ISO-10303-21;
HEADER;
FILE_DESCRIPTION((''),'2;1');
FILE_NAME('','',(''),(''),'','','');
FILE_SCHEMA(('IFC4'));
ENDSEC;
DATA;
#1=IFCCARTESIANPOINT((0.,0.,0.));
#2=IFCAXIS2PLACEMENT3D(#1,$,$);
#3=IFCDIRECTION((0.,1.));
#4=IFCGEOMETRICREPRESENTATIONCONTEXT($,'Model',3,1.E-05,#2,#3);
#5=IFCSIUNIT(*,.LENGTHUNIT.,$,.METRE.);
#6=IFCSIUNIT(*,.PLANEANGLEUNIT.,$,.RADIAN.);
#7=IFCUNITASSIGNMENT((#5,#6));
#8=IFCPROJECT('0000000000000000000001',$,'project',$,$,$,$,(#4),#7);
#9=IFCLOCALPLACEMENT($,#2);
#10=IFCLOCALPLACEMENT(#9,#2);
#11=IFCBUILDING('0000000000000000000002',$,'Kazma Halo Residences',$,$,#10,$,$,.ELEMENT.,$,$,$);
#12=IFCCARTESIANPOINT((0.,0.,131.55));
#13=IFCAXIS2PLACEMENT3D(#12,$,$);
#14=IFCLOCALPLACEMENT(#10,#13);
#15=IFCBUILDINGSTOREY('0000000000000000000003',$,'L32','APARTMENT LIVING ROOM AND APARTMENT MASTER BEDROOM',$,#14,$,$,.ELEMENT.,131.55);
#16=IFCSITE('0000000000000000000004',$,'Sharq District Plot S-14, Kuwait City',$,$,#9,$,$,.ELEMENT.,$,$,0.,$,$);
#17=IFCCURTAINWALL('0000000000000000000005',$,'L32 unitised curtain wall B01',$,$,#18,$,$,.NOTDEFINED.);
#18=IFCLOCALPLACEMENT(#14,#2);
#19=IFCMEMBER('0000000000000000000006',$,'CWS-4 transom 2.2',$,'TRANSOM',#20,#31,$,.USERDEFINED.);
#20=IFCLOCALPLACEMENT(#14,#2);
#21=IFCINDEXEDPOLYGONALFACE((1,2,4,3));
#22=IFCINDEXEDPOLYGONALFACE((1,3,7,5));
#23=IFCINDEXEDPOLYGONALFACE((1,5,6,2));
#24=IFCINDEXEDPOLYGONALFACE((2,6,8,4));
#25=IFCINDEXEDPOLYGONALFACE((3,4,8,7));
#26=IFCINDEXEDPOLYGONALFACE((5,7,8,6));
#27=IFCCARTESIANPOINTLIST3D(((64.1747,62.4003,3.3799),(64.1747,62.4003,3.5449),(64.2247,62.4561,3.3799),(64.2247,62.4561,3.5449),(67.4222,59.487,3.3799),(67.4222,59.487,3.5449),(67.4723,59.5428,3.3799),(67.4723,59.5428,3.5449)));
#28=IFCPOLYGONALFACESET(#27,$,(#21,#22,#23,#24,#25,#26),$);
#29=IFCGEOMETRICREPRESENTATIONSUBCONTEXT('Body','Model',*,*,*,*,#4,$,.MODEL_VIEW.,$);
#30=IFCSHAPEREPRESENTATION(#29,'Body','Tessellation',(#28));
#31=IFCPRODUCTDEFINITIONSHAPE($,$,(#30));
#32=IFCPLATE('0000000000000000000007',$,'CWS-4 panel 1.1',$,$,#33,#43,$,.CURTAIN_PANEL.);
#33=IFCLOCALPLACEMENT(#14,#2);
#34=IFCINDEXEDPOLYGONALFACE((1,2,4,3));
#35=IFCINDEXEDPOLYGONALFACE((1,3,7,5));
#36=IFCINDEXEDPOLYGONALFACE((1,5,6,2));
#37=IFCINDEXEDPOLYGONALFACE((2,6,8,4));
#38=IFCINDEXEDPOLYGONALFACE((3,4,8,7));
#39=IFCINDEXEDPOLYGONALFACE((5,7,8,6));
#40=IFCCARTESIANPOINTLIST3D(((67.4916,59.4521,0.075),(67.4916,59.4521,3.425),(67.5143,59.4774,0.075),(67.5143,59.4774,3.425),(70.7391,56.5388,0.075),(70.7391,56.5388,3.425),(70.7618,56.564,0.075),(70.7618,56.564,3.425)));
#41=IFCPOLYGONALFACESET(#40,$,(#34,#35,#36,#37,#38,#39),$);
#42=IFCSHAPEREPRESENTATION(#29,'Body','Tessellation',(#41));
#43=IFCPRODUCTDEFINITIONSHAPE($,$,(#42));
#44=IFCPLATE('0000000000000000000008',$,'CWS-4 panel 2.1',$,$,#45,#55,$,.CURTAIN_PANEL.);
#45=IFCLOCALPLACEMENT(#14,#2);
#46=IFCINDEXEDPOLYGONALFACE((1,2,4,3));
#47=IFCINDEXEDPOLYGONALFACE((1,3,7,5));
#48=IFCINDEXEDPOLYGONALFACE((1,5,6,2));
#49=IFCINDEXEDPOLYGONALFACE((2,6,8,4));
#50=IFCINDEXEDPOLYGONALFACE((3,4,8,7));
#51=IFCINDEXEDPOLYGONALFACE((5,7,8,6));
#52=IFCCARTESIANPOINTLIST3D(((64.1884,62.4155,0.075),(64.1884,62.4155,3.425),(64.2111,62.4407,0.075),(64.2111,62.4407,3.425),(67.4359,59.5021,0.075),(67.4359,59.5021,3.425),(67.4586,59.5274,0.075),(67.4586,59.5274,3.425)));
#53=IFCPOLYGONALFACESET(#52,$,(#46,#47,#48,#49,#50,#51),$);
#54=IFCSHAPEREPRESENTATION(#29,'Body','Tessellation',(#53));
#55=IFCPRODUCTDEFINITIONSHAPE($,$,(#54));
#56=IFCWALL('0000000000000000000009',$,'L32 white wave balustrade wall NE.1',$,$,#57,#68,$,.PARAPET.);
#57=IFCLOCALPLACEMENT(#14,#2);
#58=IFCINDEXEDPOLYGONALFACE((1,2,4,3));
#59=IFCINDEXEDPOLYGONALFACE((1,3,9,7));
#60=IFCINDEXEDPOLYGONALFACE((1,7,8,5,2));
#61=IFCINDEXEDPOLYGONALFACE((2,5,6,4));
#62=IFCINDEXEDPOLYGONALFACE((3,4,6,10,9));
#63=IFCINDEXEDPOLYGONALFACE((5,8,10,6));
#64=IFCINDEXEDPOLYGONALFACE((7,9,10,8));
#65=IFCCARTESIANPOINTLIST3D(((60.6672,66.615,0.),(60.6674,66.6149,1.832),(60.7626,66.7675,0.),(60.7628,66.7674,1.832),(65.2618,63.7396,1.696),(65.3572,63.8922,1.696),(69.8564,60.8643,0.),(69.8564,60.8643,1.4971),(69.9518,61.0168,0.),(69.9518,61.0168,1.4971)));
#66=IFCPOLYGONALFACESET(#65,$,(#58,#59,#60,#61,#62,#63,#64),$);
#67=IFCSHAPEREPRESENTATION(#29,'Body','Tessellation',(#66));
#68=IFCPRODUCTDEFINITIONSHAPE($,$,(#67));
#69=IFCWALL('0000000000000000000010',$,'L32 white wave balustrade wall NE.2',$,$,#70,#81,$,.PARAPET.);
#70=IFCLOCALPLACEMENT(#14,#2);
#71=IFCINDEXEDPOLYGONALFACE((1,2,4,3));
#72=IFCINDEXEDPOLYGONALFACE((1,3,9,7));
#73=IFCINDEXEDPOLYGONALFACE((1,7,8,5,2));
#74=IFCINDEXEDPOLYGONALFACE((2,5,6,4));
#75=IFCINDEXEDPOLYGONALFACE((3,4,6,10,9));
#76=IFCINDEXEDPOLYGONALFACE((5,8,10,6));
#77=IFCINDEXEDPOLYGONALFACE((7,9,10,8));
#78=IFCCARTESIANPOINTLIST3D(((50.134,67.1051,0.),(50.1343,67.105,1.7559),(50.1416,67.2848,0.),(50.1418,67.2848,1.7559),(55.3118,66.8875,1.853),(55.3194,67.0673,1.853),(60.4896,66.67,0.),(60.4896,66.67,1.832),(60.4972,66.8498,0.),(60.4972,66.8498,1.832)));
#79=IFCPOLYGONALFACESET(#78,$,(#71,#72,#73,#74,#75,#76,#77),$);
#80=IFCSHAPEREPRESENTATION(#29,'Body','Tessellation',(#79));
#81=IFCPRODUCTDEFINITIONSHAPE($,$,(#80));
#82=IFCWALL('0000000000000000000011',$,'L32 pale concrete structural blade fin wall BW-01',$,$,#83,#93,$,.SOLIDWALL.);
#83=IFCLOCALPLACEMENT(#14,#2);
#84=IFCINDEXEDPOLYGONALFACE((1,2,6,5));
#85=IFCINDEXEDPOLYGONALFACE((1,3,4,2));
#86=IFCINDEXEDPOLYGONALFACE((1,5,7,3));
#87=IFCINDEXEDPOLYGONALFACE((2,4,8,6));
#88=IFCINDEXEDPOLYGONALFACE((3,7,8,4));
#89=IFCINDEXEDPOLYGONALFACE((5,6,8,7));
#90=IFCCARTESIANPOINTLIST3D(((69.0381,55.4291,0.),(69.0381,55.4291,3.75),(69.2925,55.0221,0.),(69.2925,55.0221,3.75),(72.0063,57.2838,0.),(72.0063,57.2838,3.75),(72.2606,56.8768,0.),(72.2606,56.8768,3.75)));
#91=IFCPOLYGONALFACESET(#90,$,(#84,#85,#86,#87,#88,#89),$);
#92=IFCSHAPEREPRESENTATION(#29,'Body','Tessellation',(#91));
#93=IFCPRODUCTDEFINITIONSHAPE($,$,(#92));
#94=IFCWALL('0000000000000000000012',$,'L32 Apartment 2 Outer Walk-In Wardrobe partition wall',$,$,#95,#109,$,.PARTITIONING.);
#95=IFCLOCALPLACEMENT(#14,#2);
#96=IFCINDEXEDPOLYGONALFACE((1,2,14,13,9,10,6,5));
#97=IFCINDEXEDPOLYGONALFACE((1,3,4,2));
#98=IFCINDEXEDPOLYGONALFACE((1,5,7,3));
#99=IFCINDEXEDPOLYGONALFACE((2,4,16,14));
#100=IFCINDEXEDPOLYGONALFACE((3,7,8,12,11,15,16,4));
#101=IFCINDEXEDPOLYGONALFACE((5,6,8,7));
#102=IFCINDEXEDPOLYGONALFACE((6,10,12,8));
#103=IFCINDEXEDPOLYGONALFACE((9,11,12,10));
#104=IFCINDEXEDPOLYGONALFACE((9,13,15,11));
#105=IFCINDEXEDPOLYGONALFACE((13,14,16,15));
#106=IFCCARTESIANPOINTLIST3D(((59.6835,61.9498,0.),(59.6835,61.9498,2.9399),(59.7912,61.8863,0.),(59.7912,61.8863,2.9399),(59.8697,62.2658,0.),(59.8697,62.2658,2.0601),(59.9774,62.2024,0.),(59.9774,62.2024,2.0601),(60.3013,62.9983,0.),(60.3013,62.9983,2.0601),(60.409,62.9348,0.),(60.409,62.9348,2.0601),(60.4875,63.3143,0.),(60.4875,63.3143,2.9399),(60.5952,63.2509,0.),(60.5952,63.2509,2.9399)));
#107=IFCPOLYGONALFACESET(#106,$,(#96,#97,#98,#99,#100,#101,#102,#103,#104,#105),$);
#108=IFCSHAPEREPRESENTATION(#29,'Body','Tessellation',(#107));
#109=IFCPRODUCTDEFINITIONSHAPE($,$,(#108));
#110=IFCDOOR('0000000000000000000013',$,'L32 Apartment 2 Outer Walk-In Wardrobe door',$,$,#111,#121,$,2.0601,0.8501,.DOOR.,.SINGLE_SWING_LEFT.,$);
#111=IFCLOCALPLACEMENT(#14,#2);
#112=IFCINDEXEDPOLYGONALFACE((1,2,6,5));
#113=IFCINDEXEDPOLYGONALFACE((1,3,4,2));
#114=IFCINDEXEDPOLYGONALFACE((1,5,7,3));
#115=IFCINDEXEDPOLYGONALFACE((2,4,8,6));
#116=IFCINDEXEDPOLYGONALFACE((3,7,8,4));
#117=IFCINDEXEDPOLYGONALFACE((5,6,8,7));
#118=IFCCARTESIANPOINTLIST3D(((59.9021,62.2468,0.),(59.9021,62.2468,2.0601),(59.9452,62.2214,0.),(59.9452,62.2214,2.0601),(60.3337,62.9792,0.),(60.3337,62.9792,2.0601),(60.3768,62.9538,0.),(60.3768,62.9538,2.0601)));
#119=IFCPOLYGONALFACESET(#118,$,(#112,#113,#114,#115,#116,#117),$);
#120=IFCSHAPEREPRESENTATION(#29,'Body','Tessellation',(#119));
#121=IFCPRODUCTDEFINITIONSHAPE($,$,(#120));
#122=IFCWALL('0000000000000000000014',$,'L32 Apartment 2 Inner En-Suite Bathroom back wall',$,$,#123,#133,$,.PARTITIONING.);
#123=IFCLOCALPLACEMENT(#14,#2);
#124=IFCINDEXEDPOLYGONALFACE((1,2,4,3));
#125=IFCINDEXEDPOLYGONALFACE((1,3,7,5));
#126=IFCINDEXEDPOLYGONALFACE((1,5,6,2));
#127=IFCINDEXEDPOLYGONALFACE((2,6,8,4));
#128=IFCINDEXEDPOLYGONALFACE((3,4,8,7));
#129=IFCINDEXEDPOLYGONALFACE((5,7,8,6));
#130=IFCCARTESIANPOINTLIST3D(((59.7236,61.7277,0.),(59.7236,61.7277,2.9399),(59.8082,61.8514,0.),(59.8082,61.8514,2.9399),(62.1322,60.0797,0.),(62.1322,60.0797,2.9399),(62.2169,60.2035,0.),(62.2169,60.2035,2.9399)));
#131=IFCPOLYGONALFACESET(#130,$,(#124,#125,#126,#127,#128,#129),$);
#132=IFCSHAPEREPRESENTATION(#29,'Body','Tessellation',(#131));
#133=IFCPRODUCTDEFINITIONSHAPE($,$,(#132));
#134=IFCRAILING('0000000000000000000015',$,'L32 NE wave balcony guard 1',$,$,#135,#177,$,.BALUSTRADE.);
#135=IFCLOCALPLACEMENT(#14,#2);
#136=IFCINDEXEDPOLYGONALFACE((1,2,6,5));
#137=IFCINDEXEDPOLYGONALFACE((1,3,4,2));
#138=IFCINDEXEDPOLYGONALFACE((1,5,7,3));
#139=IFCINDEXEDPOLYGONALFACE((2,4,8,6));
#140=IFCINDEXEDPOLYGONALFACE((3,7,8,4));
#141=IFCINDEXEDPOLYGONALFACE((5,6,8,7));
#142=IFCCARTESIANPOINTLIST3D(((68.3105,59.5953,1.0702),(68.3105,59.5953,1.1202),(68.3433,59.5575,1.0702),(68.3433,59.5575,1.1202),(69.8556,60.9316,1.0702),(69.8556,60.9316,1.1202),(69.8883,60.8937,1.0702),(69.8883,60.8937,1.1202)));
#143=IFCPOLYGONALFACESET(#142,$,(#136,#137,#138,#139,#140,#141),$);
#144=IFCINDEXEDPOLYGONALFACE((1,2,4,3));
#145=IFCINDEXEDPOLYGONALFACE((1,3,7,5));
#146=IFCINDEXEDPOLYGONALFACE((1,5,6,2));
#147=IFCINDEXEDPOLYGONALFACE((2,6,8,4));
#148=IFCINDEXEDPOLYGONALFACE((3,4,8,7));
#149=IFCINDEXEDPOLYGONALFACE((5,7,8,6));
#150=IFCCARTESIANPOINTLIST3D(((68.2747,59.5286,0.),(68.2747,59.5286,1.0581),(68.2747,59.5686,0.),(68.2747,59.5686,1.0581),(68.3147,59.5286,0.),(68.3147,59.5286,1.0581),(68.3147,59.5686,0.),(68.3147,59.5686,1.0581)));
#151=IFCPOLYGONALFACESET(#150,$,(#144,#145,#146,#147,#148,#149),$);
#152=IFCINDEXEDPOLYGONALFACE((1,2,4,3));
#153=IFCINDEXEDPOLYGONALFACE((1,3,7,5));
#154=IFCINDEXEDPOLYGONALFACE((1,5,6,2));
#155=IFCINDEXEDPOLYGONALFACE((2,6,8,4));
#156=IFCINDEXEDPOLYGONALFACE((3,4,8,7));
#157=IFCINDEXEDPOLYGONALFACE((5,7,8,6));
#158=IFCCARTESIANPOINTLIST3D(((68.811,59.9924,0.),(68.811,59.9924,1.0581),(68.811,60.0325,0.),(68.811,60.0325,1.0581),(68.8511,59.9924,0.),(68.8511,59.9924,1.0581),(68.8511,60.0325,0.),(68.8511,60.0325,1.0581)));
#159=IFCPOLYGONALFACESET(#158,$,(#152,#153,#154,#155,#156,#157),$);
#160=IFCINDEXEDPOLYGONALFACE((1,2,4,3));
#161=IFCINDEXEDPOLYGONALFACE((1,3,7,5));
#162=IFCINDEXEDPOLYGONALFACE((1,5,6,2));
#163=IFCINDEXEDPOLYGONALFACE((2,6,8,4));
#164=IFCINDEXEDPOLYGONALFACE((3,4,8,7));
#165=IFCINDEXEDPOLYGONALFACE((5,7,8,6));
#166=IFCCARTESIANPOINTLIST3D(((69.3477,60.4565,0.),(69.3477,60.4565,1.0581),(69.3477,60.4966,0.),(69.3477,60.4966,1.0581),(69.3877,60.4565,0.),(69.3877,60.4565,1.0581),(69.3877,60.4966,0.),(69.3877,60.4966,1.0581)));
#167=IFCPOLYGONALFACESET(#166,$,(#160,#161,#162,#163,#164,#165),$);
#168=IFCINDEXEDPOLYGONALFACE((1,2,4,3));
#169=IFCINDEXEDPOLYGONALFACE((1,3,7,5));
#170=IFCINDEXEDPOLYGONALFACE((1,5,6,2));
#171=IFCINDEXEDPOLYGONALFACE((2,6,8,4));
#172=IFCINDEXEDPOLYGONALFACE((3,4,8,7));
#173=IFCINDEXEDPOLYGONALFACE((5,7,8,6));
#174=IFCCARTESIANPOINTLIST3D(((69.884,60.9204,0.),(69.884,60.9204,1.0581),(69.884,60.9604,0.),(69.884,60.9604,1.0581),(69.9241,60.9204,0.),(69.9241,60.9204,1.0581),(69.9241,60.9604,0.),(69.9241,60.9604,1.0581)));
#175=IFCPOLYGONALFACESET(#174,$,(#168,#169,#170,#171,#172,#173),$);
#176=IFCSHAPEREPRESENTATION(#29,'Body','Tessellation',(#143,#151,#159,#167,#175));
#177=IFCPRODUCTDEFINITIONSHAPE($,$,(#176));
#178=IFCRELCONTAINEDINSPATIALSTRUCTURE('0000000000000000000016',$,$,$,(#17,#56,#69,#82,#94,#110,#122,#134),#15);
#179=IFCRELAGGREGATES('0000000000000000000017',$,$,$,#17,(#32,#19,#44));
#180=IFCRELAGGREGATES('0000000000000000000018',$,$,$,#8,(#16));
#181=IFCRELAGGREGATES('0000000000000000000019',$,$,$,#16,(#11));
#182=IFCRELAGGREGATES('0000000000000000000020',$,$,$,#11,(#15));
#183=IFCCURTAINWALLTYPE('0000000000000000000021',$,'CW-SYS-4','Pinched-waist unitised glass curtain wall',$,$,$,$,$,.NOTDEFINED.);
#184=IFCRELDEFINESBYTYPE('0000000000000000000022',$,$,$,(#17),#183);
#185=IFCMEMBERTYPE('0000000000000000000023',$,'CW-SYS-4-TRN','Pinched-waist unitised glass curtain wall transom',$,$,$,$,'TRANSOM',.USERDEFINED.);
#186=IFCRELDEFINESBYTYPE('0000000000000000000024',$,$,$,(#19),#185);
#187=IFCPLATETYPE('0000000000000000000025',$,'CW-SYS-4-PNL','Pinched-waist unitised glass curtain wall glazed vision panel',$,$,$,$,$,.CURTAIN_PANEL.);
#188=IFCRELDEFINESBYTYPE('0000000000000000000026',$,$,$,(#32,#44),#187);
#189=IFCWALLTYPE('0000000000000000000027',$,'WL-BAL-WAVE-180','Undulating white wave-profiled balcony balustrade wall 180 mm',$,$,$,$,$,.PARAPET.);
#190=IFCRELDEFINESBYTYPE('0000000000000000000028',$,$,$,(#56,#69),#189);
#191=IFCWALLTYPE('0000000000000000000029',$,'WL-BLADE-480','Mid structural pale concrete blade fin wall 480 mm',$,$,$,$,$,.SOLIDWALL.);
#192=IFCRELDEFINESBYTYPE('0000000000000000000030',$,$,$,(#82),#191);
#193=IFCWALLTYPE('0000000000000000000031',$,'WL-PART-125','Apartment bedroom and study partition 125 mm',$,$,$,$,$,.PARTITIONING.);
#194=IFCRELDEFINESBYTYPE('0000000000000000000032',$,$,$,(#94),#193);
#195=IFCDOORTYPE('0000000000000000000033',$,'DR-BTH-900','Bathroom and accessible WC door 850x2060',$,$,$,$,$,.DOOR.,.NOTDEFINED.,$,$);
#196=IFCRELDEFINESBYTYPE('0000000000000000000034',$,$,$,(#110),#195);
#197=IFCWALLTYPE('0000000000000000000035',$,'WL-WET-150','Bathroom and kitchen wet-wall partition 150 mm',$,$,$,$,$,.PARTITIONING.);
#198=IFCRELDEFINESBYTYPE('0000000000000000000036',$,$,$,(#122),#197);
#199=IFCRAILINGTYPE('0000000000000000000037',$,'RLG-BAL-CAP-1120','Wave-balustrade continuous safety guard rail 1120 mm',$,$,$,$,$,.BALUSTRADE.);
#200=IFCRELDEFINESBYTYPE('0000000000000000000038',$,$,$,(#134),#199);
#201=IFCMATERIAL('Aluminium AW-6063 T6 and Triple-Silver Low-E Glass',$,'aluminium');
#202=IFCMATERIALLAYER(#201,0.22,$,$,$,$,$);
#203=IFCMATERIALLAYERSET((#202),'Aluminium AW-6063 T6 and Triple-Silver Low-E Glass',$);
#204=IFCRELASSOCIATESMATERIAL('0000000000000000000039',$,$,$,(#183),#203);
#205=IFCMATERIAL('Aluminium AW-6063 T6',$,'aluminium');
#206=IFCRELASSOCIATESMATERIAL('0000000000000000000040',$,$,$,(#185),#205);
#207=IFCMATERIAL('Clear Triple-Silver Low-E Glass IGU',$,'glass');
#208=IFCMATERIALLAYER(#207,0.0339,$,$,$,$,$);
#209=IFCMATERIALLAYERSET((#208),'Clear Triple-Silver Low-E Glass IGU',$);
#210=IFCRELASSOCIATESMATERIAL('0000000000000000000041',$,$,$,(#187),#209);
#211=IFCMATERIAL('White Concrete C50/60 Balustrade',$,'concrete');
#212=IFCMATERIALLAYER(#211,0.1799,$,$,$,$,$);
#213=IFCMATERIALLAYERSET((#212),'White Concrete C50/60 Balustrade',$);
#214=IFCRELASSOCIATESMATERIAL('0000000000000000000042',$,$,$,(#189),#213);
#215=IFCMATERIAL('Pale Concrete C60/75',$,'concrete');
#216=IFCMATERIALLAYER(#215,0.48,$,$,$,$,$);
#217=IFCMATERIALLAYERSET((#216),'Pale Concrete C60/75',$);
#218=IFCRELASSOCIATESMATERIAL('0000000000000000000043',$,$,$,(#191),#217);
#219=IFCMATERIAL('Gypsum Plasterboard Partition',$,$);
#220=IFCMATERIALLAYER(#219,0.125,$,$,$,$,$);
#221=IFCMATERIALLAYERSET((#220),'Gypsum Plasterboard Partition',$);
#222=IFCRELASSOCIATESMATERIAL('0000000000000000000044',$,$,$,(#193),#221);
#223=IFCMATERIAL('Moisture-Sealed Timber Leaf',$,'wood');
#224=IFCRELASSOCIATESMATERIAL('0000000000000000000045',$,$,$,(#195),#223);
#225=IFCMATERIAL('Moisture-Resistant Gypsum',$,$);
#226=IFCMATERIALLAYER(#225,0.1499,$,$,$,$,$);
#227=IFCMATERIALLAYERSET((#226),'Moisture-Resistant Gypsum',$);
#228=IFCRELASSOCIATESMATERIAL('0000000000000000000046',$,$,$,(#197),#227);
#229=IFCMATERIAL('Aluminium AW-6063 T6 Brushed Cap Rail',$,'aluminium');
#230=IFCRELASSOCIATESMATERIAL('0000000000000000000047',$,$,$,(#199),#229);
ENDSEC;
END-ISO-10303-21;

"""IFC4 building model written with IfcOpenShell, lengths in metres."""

from ifc_helpers import new_model, si_unit, direction, frame, frame_2d, origin, origin_2d, place, context, subcontext, project, spatial, polyline, rectangle, outline, extrude, material, layer, layer_set, material_profile, profile_set, type_object, element, fill, aggregate, save


model = new_model("IFC4")

# Units and contexts
model_context = context("Model", 3, precision=1e-05, world=origin(), true_north=direction((0.0, 1.0)))
body_context = subcontext(model_context, "Body", "Model", "MODEL_VIEW")
ifc_project = project(units=[si_unit("LENGTHUNIT", "METRE"), si_unit("PLANEANGLEUNIT", "RADIAN")], contexts=[model_context])

# Site, building, storey
site_placement = place(None, origin())
site = spatial("IfcSite", under=ifc_project, at=site_placement, Name="Sharq District Plot S-14, Kuwait City", CompositionType="ELEMENT", RefElevation=0.0)
building_placement = place(site_placement, origin())
building = spatial("IfcBuilding", under=site, at=building_placement, Name="Kazma Halo Residences", CompositionType="ELEMENT")
storey_placement = place(building_placement, frame((0.0, 0.0, 131.55)))
storey = spatial("IfcBuildingStorey", under=building, at=storey_placement, Name="L32", Description="APARTMENT LIVING ROOM AND APARTMENT MASTER BEDROOM", CompositionType="ELEMENT", Elevation=131.55)

# Curtain wall
ifc_material_1 = material(Name="Aluminium AW-6063 T6 and Triple-Silver Low-E Glass", Category="aluminium")
ifc_layer_1 = layer(ifc_material_1, 0.22)
ifc_layer_set_1 = layer_set([ifc_layer_1], Name="Aluminium AW-6063 T6 and Triple-Silver Low-E Glass")
curtain_wall_type = type_object("IfcCurtainWallType", Name="CW-SYS-4", Description="Pinched-waist unitised glass curtain wall", PredefinedType="NOTDEFINED", material=ifc_layer_set_1)
curtain_wall_1_placement = place(storey_placement, origin())
curtain_wall_1 = element("IfcCurtainWall", 1, at=curtain_wall_1_placement, inside=storey, type_object=curtain_wall_type, Name="L32 unitised curtain wall B01", PredefinedType="NOTDEFINED")
ifc_material_2 = material(Name="Aluminium AW-6063 T6", Category="aluminium")

# Member
ifc_material_profile_1 = material_profile(ifc_material_2, rectangle(XDim=0.075, YDim=0.165, at=origin_2d()), Name="CWT-75x165")
ifc_profile_set_1 = profile_set([ifc_material_profile_1], Name="Aluminium AW-6063 T6")
member_type_1 = type_object("IfcMemberType", Name="CW-SYS-4-TRN", Description="Pinched-waist unitised glass curtain wall transom", ElementType="TRANSOM", PredefinedType="USERDEFINED", material=ifc_profile_set_1)
member_1_placement = place(storey_placement, frame((67.4473, 59.5149, 3.4624), z_axis=(-0.744373, 0.667764, 0.0), x_axis=(-0.667764, -0.744373, 0.0)))
member_1 = element("IfcMember", 2, at=member_1_placement, type_object=member_type_1, Name="CWS-4 transom 2.2", ObjectType="TRANSOM", PredefinedType="USERDEFINED", context=body_context, shape_type="SweptSolid", body=[
    extrude(rectangle(XDim=0.075, YDim=0.165, at=origin_2d()), origin(), (0.0, 0.0, 1.0), 4.3628),
])

# Plates
ifc_material_3 = material(Name="Clear Triple-Silver Low-E Glass IGU", Category="glass")
ifc_layer_2 = layer(ifc_material_3, 0.0339)
ifc_layer_set_2 = layer_set([ifc_layer_2], Name="Clear Triple-Silver Low-E Glass IGU")
plate_type = type_object("IfcPlateType", Name="CW-SYS-4-PNL", Description="Pinched-waist unitised glass curtain wall glazed vision panel", PredefinedType="CURTAIN_PANEL", material=ifc_layer_set_2)
plate_1_placement = place(storey_placement, frame((69.1267, 58.0081, 0.075), z_axis=(0.0, 0.0, 1.0), x_axis=(-0.744368, 0.66777, 0.0)))
plate_1 = element("IfcPlate", 3, at=plate_1_placement, type_object=plate_type, Name="CWS-4 panel 1.1", PredefinedType="CURTAIN_PANEL", context=body_context, shape_type="SweptSolid", body=[
    extrude(rectangle(XDim=4.3628, YDim=0.0339, at=origin_2d()), origin(), (0.0, 0.0, 1.0), 3.3501),
])
plate_2_placement = place(storey_placement, frame((65.8235, 60.9714, 0.075), z_axis=(0.0, 0.0, 1.0), x_axis=(-0.744368, 0.66777, 0.0)))
plate_2 = element("IfcPlate", 4, at=plate_2_placement, type_object=plate_type, Name="CWS-4 panel 2.1", PredefinedType="CURTAIN_PANEL", context=body_context, shape_type="SweptSolid", body=[
    extrude(rectangle(XDim=4.3628, YDim=0.0339, at=origin_2d()), origin(), (0.0, 0.0, 1.0), 3.3501),
])
aggregate(curtain_wall_1, [plate_1, member_1, plate_2])

# Walls
ifc_material_4 = material(Name="White Concrete C50/60 Balustrade", Category="concrete")
ifc_layer_3 = layer(ifc_material_4, 0.1799)
ifc_layer_set_3 = layer_set([ifc_layer_3], Name="White Concrete C50/60 Balustrade")
wall_type_1 = type_object("IfcWallType", Name="WL-BAL-WAVE-180", Description="Undulating white wave-profiled balcony balustrade wall 180 mm", PredefinedType="PARAPET", material=ifc_layer_set_3)
wall_1_placement = place(storey_placement, frame((69.9041, 60.9404, 0.0), z_axis=(0.0, 0.0, 1.0), x_axis=(-0.847688, 0.530495, 0.0)))
element("IfcWall", 5, at=wall_1_placement, inside=storey, type_object=wall_type_1, Name="L32 white wave balustrade wall NE.1", PredefinedType="PARAPET", context=body_context, shape_type="SweptSolid", body=[
    extrude(outline(polyline([(0.0, 0.0), (10.8403, 0.0), (10.8401, 1.832), (5.4202, 1.696), (0.0, 1.4971), (0.0, 0.0)])), frame((0.0, 0.0898, 0.0), z_axis=(0.0, -1.0, 0.0), x_axis=(1.0, 0.0, 0.0)), (0.0, 0.0, 1.0), 0.1799),
])
wall_2_placement = place(storey_placement, frame((60.4934, 66.7598, 0.0), z_axis=(0.0, 0.0, 1.0), x_axis=(-0.999119, 0.041974, 0.0)))
element("IfcWall", 6, at=wall_2_placement, inside=storey, type_object=wall_type_1, Name="L32 white wave balustrade wall NE.2", PredefinedType="PARAPET", context=body_context, shape_type="SweptSolid", body=[
    extrude(outline(polyline([(0.0, 0.0), (10.3647, 0.0), (10.3645, 1.7559), (5.1824, 1.853), (0.0, 1.832), (0.0, 0.0)])), frame((0.0, 0.0898, 0.0), z_axis=(0.0, -1.0, 0.0), x_axis=(1.0, 0.0, 0.0)), (0.0, 0.0, 1.0), 0.1799),
])
ifc_material_5 = material(Name="Pale Concrete C60/75", Category="concrete")
ifc_layer_4 = layer(ifc_material_5, 0.48)
ifc_layer_set_4 = layer_set([ifc_layer_4], Name="Pale Concrete C60/75")
wall_type_2 = type_object("IfcWallType", Name="WL-BLADE-480", Description="Mid structural pale concrete blade fin wall 480 mm", PredefinedType="SOLIDWALL", material=ifc_layer_set_4)
wall_3_placement = place(storey_placement, frame((69.1653, 55.2256, 0.0), z_axis=(0.0, 0.0, 1.0), x_axis=(0.848053, 0.529911, 0.0)))
element("IfcWall", 7, at=wall_3_placement, inside=storey, type_object=wall_type_2, Name="L32 pale concrete structural blade fin wall BW-01", PredefinedType="SOLIDWALL", context=body_context, shape_type="SweptSolid", body=[
    extrude(rectangle(XDim=3.5, YDim=0.48, at=frame_2d((1.75, 0.0))), origin(), (0.0, 0.0, 1.0), 3.75),
])

# Wall, opening, door
ifc_material_6 = material(Name="Gypsum Plasterboard Partition")
ifc_layer_5 = layer(ifc_material_6, 0.125)
ifc_layer_set_5 = layer_set([ifc_layer_5], Name="Gypsum Plasterboard Partition")
wall_type_3 = type_object("IfcWallType", Name="WL-PART-125", Description="Apartment bedroom and study partition 125 mm", PredefinedType="PARTITIONING", material=ifc_layer_set_5)
wall_4_placement = place(storey_placement, frame((59.7373, 61.918, 0.0), z_axis=(0.0, 0.0, 1.0), x_axis=(0.507633, 0.861573, 0.0)))
wall_4 = element("IfcWall", 8, at=wall_4_placement, inside=storey, type_object=wall_type_3, Name="L32 Apartment 2 Outer Walk-In Wardrobe partition wall", PredefinedType="PARTITIONING", context=body_context, shape_type="SweptSolid", body=[
    extrude(rectangle(XDim=1.5837, YDim=0.125, at=frame_2d((0.792, 0.0))), origin(), (0.0, 0.0, 1.0), 2.9399),
])
opening_1_placement = place(wall_4_placement, frame((0.3669, 0.0, 0.0)))
opening_1 = element("IfcOpeningElement", 9, at=opening_1_placement, cuts=wall_4, PredefinedType="OPENING", context=body_context, shape_type="SweptSolid", body=[
    extrude(rectangle(XDim=0.8501, YDim=2.0601, at=frame_2d((0.425, 1.03))), frame((0.0, 0.0725, 0.0), z_axis=(0.0, -1.0, 0.0), x_axis=(1.0, 0.0, 0.0)), (0.0, 0.0, 1.0), 0.145),
])
ifc_material_7 = material(Name="Moisture-Sealed Timber Leaf", Category="wood")
door_type_1 = type_object("IfcDoorType", Name="DR-BTH-900", Description="Bathroom and accessible WC door 850x2060", OperationType="NOTDEFINED", PredefinedType="DOOR", material=ifc_material_7)
door_1_placement = place(opening_1_placement, origin())
door_1 = element("IfcDoor", 10, at=door_1_placement, inside=storey, type_object=door_type_1, Name="L32 Apartment 2 Outer Walk-In Wardrobe door", OperationType="SINGLE_SWING_LEFT", OverallHeight=2.0601, OverallWidth=0.8501, PredefinedType="DOOR", context=body_context, shape_type="SweptSolid", body=[
    extrude(rectangle(XDim=0.8501, YDim=2.0601, at=frame_2d((0.425, 1.03))), frame((0.0, 0.0249, 0.0), z_axis=(0.0, -1.0, 0.0), x_axis=(1.0, 0.0, 0.0)), (0.0, 0.0, 1.0), 0.05),
])
fill(opening_1, door_1)

# Wall
ifc_material_8 = material(Name="Moisture-Resistant Gypsum")
ifc_layer_6 = layer(ifc_material_8, 0.1499)
ifc_layer_set_6 = layer_set([ifc_layer_6], Name="Moisture-Resistant Gypsum")
wall_type_4 = type_object("IfcWallType", Name="WL-WET-150", Description="Bathroom and kitchen wet-wall partition 150 mm", PredefinedType="PARTITIONING", material=ifc_layer_set_6)
wall_5_placement = place(storey_placement, frame((62.1746, 60.1416, 0.0), z_axis=(0.0, 0.0, 1.0), x_axis=(-0.825324, 0.56466, 0.0)))
element("IfcWall", 11, at=wall_5_placement, inside=storey, type_object=wall_type_4, Name="L32 Apartment 2 Inner En-Suite Bathroom back wall", PredefinedType="PARTITIONING", context=body_context, shape_type="SweptSolid", body=[
    extrude(rectangle(XDim=2.9185, YDim=0.1499, at=frame_2d((1.4592, 0.0))), origin(), (0.0, 0.0, 1.0), 2.9399),
])

# Railing
ifc_material_9 = material(Name="Aluminium AW-6063 T6 Brushed Cap Rail", Category="aluminium")
railing_type = type_object("IfcRailingType", Name="RLG-BAL-CAP-1120", Description="Wave-balustrade continuous safety guard rail 1120 mm", PredefinedType="BALUSTRADE", material=ifc_material_9)
railing_1_placement = place(storey_placement, frame((68.2947, 59.5486, 0.0)))
element("IfcRailing", 12, at=railing_1_placement, inside=storey, type_object=railing_type, Name="L32 NE wave balcony guard 1", PredefinedType="BALUSTRADE", context=body_context, shape_type="SweptSolid", body=[
    extrude(rectangle(XDim=0.05, YDim=0.05, at=origin_2d()), frame((0.0322, 0.0278, 1.0952), z_axis=(0.756374, 0.65414, 0.0), x_axis=(-0.65414, 0.756374, 0.0)), (0.0, 0.0, 1.0), 2.0427),
    extrude(rectangle(XDim=0.04, YDim=0.04, at=origin_2d()), origin(), (0.0, 0.0, 1.0), 1.0581),
    extrude(rectangle(XDim=0.04, YDim=0.04, at=origin_2d()), frame((0.5364, 0.4639, 0.0)), (0.0, 0.0, 1.0), 1.0581),
    extrude(rectangle(XDim=0.04, YDim=0.04, at=origin_2d()), frame((1.073, 0.928, 0.0)), (0.0, 0.0, 1.0), 1.0581),
    extrude(rectangle(XDim=0.04, YDim=0.04, at=origin_2d()), frame((1.6094, 1.3918, 0.0)), (0.0, 0.0, 1.0), 1.0581),
])

save(model, "model.ifc")
